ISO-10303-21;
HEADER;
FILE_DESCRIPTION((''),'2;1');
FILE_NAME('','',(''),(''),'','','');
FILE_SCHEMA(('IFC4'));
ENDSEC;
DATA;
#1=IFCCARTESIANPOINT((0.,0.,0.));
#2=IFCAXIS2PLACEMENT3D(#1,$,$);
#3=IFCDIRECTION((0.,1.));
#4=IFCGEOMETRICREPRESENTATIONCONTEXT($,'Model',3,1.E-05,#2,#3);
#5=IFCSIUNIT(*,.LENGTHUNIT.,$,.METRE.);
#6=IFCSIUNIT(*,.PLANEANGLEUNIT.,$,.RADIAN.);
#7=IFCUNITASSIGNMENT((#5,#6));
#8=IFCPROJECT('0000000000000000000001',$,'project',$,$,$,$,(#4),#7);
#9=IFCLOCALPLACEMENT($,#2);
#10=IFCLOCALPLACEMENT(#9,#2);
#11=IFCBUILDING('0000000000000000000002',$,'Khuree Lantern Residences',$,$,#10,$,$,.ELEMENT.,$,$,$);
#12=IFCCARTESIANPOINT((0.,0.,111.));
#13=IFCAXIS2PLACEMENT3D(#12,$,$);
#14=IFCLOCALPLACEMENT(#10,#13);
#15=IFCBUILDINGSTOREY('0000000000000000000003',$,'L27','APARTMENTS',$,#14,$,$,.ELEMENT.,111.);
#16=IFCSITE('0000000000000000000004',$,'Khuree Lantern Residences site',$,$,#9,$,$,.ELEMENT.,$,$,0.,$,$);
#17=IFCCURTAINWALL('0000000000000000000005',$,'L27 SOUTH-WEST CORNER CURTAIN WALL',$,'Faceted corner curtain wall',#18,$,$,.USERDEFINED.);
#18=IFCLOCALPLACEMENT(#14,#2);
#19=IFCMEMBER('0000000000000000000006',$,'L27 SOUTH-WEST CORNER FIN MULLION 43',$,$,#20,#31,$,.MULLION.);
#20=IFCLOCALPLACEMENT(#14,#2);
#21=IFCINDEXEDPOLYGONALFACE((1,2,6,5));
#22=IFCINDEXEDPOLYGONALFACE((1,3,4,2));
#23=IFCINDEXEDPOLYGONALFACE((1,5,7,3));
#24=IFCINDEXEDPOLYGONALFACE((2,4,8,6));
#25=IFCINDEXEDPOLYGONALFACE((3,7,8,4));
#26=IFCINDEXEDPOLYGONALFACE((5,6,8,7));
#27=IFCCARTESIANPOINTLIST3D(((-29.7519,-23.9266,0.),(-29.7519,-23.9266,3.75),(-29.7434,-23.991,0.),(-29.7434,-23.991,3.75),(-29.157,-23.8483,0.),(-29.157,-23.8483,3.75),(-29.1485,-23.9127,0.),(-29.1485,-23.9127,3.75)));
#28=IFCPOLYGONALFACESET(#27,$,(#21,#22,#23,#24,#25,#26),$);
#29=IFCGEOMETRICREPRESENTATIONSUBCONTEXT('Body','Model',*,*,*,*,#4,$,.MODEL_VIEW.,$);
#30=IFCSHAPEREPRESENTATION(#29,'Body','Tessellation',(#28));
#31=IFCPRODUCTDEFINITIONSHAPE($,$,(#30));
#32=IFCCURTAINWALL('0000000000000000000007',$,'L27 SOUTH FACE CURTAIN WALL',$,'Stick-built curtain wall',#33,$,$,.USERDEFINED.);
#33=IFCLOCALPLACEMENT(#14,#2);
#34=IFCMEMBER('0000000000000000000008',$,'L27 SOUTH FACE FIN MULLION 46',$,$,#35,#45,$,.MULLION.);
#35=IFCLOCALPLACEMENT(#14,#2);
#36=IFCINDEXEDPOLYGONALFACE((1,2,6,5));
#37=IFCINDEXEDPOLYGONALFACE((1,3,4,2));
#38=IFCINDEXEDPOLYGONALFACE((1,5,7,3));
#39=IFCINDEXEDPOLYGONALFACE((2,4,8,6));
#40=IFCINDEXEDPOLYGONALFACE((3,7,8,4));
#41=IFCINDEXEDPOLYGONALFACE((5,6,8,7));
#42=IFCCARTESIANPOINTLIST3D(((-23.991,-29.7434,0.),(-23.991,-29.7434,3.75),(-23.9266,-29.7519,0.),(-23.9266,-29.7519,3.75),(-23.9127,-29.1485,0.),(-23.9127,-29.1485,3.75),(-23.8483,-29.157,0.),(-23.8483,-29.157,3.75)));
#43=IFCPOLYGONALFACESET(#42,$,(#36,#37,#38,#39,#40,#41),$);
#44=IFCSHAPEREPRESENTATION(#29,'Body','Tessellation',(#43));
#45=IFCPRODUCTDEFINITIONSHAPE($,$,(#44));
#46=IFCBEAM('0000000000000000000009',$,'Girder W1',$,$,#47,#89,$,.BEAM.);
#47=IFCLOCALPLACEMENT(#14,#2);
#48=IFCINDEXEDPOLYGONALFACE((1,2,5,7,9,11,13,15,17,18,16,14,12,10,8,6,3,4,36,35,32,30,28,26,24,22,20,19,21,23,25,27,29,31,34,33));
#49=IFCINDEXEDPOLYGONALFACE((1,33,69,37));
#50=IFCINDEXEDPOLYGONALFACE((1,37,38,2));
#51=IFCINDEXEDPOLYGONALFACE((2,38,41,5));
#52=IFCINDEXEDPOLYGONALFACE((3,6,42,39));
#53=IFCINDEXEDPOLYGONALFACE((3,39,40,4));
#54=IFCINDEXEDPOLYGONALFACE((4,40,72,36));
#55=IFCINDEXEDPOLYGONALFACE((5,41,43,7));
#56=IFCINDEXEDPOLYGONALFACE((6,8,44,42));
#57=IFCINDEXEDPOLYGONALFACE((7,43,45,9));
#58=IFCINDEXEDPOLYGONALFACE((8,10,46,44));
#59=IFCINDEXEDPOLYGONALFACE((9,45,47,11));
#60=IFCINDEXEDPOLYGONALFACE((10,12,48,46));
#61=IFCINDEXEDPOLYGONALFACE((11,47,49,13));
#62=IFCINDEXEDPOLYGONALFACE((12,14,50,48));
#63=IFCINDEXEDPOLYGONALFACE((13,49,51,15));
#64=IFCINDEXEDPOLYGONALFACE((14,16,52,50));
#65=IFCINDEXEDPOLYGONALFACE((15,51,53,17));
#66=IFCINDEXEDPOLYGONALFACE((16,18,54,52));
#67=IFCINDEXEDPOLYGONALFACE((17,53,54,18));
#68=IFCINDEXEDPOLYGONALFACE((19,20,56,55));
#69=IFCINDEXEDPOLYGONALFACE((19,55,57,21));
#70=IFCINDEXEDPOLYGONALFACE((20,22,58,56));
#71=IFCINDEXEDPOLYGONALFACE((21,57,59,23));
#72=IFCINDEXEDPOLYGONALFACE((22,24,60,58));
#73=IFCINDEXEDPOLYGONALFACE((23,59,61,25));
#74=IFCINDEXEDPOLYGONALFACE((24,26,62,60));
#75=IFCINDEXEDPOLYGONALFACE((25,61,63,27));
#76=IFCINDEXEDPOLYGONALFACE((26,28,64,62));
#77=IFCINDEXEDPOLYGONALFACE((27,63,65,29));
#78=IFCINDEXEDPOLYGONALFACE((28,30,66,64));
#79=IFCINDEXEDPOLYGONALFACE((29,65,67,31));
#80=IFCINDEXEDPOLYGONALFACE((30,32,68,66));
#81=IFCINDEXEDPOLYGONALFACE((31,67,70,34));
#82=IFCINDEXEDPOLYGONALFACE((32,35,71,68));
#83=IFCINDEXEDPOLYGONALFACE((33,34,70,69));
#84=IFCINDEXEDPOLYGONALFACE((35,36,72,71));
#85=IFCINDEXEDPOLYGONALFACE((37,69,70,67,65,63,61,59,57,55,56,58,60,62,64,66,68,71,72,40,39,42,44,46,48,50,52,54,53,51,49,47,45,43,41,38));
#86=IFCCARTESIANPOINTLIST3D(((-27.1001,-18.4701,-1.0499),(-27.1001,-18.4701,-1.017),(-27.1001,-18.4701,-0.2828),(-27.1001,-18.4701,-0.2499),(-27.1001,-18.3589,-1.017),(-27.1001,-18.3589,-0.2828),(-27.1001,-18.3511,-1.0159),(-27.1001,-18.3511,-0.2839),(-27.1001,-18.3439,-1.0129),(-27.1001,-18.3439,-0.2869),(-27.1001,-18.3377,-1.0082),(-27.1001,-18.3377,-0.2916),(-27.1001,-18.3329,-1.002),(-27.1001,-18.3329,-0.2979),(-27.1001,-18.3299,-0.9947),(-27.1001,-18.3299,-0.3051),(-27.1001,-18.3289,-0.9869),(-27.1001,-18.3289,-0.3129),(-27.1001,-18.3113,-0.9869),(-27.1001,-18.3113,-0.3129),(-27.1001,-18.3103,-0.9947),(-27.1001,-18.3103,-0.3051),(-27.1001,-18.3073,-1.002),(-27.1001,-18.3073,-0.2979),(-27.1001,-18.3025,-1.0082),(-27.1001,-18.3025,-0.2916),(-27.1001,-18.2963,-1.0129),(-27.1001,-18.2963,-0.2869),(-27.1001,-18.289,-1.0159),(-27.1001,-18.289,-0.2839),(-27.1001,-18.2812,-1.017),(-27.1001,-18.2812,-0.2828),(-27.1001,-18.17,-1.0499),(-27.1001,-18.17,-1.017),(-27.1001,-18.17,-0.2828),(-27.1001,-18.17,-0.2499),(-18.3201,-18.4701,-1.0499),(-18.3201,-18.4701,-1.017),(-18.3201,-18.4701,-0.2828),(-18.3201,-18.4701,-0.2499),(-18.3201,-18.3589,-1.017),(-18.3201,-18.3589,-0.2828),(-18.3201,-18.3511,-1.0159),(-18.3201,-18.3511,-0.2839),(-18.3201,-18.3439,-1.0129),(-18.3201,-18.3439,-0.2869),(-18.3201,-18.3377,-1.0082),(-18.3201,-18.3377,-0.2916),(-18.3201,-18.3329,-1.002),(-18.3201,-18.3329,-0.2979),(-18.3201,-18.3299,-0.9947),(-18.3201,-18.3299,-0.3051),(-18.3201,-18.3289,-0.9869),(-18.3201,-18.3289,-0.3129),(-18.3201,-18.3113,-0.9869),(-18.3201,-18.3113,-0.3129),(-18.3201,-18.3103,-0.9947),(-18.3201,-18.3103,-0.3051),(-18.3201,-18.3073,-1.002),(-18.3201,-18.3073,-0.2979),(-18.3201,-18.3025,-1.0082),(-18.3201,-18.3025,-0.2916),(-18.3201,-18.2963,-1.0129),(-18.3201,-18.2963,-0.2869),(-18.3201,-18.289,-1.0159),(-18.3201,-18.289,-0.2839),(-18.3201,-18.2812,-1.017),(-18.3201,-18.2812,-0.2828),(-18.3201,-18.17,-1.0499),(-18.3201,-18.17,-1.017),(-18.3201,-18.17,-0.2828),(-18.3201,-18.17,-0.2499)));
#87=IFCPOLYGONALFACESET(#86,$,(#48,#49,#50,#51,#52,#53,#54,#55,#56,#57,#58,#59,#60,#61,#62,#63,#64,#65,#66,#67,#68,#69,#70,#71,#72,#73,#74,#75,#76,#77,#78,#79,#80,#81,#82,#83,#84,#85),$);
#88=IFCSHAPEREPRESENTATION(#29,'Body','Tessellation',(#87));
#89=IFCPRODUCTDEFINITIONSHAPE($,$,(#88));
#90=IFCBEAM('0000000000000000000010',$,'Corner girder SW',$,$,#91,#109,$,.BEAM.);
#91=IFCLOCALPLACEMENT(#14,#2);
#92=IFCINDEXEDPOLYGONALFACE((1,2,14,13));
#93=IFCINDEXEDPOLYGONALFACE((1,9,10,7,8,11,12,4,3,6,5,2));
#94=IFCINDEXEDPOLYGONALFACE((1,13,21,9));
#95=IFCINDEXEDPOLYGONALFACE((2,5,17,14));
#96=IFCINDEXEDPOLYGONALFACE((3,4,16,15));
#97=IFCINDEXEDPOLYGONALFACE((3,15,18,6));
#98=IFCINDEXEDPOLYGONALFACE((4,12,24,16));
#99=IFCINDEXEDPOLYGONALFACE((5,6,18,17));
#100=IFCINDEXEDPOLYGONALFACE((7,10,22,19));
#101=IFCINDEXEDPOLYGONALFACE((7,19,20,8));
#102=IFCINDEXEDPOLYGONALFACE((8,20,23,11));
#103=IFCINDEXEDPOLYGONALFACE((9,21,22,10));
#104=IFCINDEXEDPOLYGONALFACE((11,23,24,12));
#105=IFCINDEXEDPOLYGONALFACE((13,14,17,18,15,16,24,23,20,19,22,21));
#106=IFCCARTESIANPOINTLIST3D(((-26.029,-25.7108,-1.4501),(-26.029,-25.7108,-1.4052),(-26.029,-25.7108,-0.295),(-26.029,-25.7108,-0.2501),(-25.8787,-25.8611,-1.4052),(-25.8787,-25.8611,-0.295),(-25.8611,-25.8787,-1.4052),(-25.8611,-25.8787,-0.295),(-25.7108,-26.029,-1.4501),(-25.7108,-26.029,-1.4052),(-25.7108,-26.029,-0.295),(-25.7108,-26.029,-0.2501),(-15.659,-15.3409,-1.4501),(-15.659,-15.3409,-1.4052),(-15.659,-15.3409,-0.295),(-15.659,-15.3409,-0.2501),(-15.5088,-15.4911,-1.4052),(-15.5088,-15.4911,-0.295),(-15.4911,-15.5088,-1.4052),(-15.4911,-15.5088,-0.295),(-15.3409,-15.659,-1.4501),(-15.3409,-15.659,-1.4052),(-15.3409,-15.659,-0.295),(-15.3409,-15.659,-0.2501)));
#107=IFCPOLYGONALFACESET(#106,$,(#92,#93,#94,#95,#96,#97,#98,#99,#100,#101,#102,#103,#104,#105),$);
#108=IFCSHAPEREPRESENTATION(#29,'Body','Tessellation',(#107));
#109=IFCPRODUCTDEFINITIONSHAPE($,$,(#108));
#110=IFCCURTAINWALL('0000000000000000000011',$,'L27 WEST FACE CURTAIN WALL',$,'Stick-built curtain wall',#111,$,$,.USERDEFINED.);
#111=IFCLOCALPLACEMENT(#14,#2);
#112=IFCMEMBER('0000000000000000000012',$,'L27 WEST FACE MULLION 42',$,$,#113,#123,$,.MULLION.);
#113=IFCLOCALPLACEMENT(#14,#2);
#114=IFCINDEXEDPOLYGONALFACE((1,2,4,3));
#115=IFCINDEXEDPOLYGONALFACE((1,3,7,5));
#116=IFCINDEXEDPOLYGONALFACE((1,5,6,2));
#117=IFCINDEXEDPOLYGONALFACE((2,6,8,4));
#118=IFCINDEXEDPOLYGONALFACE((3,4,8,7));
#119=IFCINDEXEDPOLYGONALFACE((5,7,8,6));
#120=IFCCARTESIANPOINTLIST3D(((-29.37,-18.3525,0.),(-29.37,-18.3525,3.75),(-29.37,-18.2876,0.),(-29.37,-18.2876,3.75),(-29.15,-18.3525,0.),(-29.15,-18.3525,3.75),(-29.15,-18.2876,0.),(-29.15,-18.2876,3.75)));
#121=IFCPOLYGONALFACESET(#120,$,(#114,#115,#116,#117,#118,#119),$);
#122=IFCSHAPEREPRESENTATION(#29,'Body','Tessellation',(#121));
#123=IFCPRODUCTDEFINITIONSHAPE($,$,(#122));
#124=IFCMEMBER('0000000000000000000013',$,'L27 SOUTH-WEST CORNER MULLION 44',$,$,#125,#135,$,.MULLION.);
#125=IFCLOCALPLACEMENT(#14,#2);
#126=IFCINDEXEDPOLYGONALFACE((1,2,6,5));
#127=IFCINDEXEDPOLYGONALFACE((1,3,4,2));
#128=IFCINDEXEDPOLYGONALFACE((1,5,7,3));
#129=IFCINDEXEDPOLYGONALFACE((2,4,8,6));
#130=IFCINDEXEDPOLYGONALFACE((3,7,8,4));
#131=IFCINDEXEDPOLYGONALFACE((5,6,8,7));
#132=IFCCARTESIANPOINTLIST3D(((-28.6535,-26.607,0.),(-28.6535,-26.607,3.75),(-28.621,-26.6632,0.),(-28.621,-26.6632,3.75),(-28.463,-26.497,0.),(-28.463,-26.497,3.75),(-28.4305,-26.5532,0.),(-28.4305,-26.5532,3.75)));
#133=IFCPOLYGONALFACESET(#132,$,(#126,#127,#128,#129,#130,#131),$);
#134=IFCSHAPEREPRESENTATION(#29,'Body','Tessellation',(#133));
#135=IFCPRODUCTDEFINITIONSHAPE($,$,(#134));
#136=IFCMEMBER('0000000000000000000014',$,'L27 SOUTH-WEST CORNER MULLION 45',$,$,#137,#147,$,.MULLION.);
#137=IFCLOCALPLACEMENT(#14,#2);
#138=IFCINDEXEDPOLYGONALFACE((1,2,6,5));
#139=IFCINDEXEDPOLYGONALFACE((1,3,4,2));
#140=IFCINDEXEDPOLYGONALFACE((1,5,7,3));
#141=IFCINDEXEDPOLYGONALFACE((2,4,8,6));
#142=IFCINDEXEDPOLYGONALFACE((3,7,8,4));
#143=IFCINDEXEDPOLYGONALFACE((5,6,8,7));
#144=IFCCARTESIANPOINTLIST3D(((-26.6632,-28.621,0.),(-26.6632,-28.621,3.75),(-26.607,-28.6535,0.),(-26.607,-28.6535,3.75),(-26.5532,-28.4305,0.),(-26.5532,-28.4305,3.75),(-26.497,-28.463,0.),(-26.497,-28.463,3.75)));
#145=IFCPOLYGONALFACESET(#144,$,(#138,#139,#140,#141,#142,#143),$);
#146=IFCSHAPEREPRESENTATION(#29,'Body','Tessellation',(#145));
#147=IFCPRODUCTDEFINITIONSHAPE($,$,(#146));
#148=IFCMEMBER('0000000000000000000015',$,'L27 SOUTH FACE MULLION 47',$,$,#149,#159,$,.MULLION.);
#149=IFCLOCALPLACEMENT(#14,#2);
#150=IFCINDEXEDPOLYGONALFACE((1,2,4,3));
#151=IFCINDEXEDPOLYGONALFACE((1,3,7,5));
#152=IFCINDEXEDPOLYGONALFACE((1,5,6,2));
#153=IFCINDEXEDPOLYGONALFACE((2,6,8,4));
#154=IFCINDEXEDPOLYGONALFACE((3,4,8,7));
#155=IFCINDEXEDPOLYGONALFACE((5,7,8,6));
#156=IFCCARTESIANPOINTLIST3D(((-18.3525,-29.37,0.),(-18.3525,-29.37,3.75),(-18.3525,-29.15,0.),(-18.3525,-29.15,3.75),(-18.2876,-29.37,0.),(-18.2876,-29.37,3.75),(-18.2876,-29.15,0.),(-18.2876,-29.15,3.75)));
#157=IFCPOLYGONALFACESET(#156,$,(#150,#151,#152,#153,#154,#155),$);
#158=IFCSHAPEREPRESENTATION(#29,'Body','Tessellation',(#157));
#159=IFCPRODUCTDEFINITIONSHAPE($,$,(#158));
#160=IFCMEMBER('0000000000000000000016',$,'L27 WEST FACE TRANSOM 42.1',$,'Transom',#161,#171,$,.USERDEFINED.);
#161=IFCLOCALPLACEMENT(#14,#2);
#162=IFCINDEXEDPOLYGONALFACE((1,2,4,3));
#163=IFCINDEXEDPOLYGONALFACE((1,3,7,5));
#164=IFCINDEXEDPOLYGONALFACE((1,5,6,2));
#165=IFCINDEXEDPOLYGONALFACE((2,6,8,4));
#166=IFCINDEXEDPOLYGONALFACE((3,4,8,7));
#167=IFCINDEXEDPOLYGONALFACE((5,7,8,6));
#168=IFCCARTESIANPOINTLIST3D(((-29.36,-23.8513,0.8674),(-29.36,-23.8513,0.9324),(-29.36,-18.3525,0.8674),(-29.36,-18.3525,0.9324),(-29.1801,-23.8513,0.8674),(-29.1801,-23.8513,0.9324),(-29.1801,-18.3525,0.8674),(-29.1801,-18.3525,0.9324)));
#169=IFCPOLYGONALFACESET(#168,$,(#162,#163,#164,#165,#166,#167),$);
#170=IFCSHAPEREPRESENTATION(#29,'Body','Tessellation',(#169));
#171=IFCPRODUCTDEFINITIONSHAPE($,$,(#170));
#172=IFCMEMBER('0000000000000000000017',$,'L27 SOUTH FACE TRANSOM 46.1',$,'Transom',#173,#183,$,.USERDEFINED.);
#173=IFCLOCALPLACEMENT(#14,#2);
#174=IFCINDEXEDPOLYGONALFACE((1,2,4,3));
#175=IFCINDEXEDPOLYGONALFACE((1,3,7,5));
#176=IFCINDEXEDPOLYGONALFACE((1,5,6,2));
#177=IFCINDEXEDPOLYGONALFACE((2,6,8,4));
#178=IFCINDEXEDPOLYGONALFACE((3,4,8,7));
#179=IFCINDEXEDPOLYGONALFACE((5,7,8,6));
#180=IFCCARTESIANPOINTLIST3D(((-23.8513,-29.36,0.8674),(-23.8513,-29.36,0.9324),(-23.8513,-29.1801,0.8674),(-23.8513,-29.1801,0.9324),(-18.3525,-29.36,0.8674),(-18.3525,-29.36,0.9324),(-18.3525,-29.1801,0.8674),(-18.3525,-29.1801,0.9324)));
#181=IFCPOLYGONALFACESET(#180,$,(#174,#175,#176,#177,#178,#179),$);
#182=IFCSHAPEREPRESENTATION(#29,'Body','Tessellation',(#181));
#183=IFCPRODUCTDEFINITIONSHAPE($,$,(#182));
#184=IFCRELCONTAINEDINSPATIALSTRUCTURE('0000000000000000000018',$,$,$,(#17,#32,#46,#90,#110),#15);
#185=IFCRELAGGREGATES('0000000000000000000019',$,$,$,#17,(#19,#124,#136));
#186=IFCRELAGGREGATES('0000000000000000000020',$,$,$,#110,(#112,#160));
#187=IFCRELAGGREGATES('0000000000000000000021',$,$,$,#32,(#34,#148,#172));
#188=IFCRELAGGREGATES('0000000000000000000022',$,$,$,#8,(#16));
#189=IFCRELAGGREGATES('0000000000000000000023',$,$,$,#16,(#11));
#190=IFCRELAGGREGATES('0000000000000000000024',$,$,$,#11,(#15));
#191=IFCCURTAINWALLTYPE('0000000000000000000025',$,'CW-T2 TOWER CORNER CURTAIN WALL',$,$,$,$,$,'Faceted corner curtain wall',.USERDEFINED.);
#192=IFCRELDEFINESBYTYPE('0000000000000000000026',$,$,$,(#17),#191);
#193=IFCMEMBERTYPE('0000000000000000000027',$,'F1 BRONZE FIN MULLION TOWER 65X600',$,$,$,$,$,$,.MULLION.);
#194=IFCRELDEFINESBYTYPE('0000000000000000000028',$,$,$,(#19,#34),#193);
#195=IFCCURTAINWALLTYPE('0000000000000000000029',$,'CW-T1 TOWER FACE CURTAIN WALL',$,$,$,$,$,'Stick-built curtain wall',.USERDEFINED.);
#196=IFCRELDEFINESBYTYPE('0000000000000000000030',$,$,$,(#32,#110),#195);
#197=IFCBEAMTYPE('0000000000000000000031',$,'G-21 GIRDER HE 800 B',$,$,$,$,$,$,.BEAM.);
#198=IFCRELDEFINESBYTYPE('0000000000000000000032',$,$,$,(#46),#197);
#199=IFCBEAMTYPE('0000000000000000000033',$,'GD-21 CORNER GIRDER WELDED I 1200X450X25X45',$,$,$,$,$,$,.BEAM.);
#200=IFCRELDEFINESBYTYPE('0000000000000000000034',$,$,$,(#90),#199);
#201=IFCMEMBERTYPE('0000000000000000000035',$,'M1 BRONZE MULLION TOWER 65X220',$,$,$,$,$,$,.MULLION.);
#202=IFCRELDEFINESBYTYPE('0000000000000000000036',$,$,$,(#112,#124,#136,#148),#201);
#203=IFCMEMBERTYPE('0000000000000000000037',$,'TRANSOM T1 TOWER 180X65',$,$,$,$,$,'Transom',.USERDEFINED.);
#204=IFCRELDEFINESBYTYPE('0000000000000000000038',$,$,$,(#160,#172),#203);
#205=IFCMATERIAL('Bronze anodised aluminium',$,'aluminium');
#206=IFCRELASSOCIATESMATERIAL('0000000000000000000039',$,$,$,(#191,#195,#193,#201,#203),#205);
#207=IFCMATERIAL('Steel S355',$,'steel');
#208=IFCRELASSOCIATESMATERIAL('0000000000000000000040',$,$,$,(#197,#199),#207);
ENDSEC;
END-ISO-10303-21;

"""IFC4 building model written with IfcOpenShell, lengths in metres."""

from ifc_helpers import new_model, si_unit, direction, frame, origin, origin_2d, place, context, subcontext, project, spatial, rectangle, i_section, extrude, material, material_profile, profile_set, type_object, element, aggregate, save


model = new_model("IFC4")

# Units and contexts
model_context = context("Model", 3, precision=1e-05, world=origin(), true_north=direction((0.0, 1.0)))
body_context = subcontext(model_context, "Body", "Model", "MODEL_VIEW")
ifc_project = project(units=[si_unit("LENGTHUNIT", "METRE"), si_unit("PLANEANGLEUNIT", "RADIAN")], contexts=[model_context])

# Site, building, storey
site_placement = place(None, origin())
site = spatial("IfcSite", under=ifc_project, at=site_placement, Name="Khuree Lantern Residences site", CompositionType="ELEMENT", RefElevation=0.0)
building_placement = place(site_placement, origin())
building = spatial("IfcBuilding", under=site, at=building_placement, Name="Khuree Lantern Residences", CompositionType="ELEMENT")
storey_placement = place(building_placement, frame((0.0, 0.0, 111.0)))
storey = spatial("IfcBuildingStorey", under=building, at=storey_placement, Name="L27", Description="APARTMENTS", CompositionType="ELEMENT", Elevation=111.0)

# Shared definitions
ifc_material_1 = material(Name="Steel S355", Category="steel")

# Curtain walls, members
ifc_material_2 = material(Name="Bronze anodised aluminium", Category="aluminium")
curtain_wall_type_1 = type_object("IfcCurtainWallType", Name="CW-T2 TOWER CORNER CURTAIN WALL", ElementType="Faceted corner curtain wall", PredefinedType="USERDEFINED", material=ifc_material_2)
curtain_wall_1_placement = place(storey_placement, origin())
curtain_wall_1 = element("IfcCurtainWall", 1, at=curtain_wall_1_placement, inside=storey, type_object=curtain_wall_type_1, Name="L27 SOUTH-WEST CORNER CURTAIN WALL", ObjectType="Faceted corner curtain wall", PredefinedType="USERDEFINED")
ifc_material_profile_1 = material_profile(ifc_material_2, rectangle(XDim=0.0649, YDim=0.6001, at=origin_2d()), Name="F1 65X600")
ifc_profile_set_1 = profile_set([ifc_material_profile_1], Name="Bronze anodised aluminium")
member_type_1 = type_object("IfcMemberType", Name="F1 BRONZE FIN MULLION TOWER 65X600", PredefinedType="MULLION", material=ifc_profile_set_1)
member_1_placement = place(storey_placement, frame((-29.4502, -23.9197, 0.0), z_axis=(0.0, 0.0, 1.0), x_axis=(0.130526, -0.991445, 0.0)))
member_1 = element("IfcMember", 2, at=member_1_placement, type_object=member_type_1, Name="L27 SOUTH-WEST CORNER FIN MULLION 43", PredefinedType="MULLION", context=body_context, shape_type="SweptSolid", body=[
    extrude(rectangle(XDim=0.0649, YDim=0.6001, at=origin_2d()), origin(), (0.0, 0.0, 1.0), 3.75),
])
curtain_wall_type_2 = type_object("IfcCurtainWallType", Name="CW-T1 TOWER FACE CURTAIN WALL", ElementType="Stick-built curtain wall", PredefinedType="USERDEFINED", material=ifc_material_2)
curtain_wall_2_placement = place(storey_placement, origin())
curtain_wall_2 = element("IfcCurtainWall", 3, at=curtain_wall_2_placement, inside=storey, type_object=curtain_wall_type_2, Name="L27 SOUTH FACE CURTAIN WALL", ObjectType="Stick-built curtain wall", PredefinedType="USERDEFINED")
member_2_placement = place(storey_placement, frame((-23.9197, -29.4502, 0.0), z_axis=(0.0, 0.0, 1.0), x_axis=(0.991445, -0.130526, 0.0)))
member_2 = element("IfcMember", 4, at=member_2_placement, type_object=member_type_1, Name="L27 SOUTH FACE FIN MULLION 46", PredefinedType="MULLION", context=body_context, shape_type="SweptSolid", body=[
    extrude(rectangle(XDim=0.0649, YDim=0.6001, at=origin_2d()), origin(), (0.0, 0.0, 1.0), 3.75),
])

# Beams
ifc_material_profile_2 = material_profile(ifc_material_1, i_section(OverallWidth=0.3, OverallDepth=0.8, WebThickness=0.0176, FlangeThickness=0.033, FilletRadius=0.03, at=origin_2d()), Name="HE 800 B")
ifc_profile_set_2 = profile_set([ifc_material_profile_2], Name="Steel S355")
beam_type_1 = type_object("IfcBeamType", Name="G-21 GIRDER HE 800 B", PredefinedType="BEAM", material=ifc_profile_set_2)
beam_1_placement = place(storey_placement, frame((-27.1001, -18.3201, -0.6499), z_axis=(1.0, 0.0, 0.0), x_axis=(0.0, 1.0, 0.0)))
element("IfcBeam", 5, at=beam_1_placement, inside=storey, type_object=beam_type_1, Name="Girder W1", PredefinedType="BEAM", context=body_context, shape_type="SweptSolid", body=[
    extrude(i_section(OverallWidth=0.3, OverallDepth=0.8, WebThickness=0.0176, FlangeThickness=0.033, FilletRadius=0.03, at=origin_2d()), origin(), (0.0, 0.0, 1.0), 8.78),
])
ifc_material_profile_3 = material_profile(ifc_material_1, i_section(OverallWidth=0.45, OverallDepth=1.2, WebThickness=0.0249, FlangeThickness=0.0449, at=origin_2d()), Name="WELDED I 1200X450X25X45")
ifc_profile_set_3 = profile_set([ifc_material_profile_3], Name="Steel S355")
beam_type_2 = type_object("IfcBeamType", Name="GD-21 CORNER GIRDER WELDED I 1200X450X25X45", PredefinedType="BEAM", material=ifc_profile_set_3)
beam_2_placement = place(storey_placement, frame((-25.8699, -25.8699, -0.8501), z_axis=(0.707107, 0.707107, 0.0), x_axis=(-0.707107, 0.707107, 0.0)))
element("IfcBeam", 6, at=beam_2_placement, inside=storey, type_object=beam_type_2, Name="Corner girder SW", PredefinedType="BEAM", context=body_context, shape_type="SweptSolid", body=[
    extrude(i_section(OverallWidth=0.45, OverallDepth=1.2, WebThickness=0.0249, FlangeThickness=0.0449, at=origin_2d()), origin(), (0.0, 0.0, 1.0), 14.6653),
])

# Curtain wall, member
curtain_wall_3_placement = place(storey_placement, origin())
curtain_wall_3 = element("IfcCurtainWall", 7, at=curtain_wall_3_placement, inside=storey, type_object=curtain_wall_type_2, Name="L27 WEST FACE CURTAIN WALL", ObjectType="Stick-built curtain wall", PredefinedType="USERDEFINED")
ifc_material_profile_4 = material_profile(ifc_material_2, rectangle(XDim=0.0649, YDim=0.22, at=origin_2d()), Name="M1 65X220")
ifc_profile_set_4 = profile_set([ifc_material_profile_4], Name="Bronze anodised aluminium")
member_type_2 = type_object("IfcMemberType", Name="M1 BRONZE MULLION TOWER 65X220", PredefinedType="MULLION", material=ifc_profile_set_4)
member_3_placement = place(storey_placement, frame((-29.26, -18.3201, 0.0), z_axis=(0.0, 0.0, 1.0), x_axis=(0.0, -1.0, 0.0)))
member_3 = element("IfcMember", 8, at=member_3_placement, type_object=member_type_2, Name="L27 WEST FACE MULLION 42", PredefinedType="MULLION", context=body_context, shape_type="SweptSolid", body=[
    extrude(rectangle(XDim=0.0649, YDim=0.22, at=origin_2d()), origin(), (0.0, 0.0, 1.0), 3.75),
])

# Members
member_4_placement = place(storey_placement, frame((-28.542, -26.5801, 0.0), z_axis=(0.0, 0.0, 1.0), x_axis=(0.5, -0.866025, 0.0)))
member_4 = element("IfcMember", 9, at=member_4_placement, type_object=member_type_2, Name="L27 SOUTH-WEST CORNER MULLION 44", PredefinedType="MULLION", context=body_context, shape_type="SweptSolid", body=[
    extrude(rectangle(XDim=0.0649, YDim=0.22, at=origin_2d()), origin(), (0.0, 0.0, 1.0), 3.75),
])
member_5_placement = place(storey_placement, frame((-26.5801, -28.542, 0.0), z_axis=(0.0, 0.0, 1.0), x_axis=(0.866025, -0.5, 0.0)))
member_5 = element("IfcMember", 10, at=member_5_placement, type_object=member_type_2, Name="L27 SOUTH-WEST CORNER MULLION 45", PredefinedType="MULLION", context=body_context, shape_type="SweptSolid", body=[
    extrude(rectangle(XDim=0.0649, YDim=0.22, at=origin_2d()), origin(), (0.0, 0.0, 1.0), 3.75),
])
member_6_placement = place(storey_placement, frame((-18.3201, -29.26, 0.0), z_axis=(0.0, 0.0, 1.0), x_axis=(1.0, 0.0, 0.0)))
member_6 = element("IfcMember", 11, at=member_6_placement, type_object=member_type_2, Name="L27 SOUTH FACE MULLION 47", PredefinedType="MULLION", context=body_context, shape_type="SweptSolid", body=[
    extrude(rectangle(XDim=0.0649, YDim=0.22, at=origin_2d()), origin(), (0.0, 0.0, 1.0), 3.75),
])
ifc_material_profile_5 = material_profile(ifc_material_2, rectangle(XDim=0.1799, YDim=0.0649, at=origin_2d()), Name="T1 180X65")
ifc_profile_set_5 = profile_set([ifc_material_profile_5], Name="Bronze anodised aluminium")
member_type_3 = type_object("IfcMemberType", Name="TRANSOM T1 TOWER 180X65", ElementType="Transom", PredefinedType="USERDEFINED", material=ifc_profile_set_5)
member_7_placement = place(storey_placement, frame((-29.27, -18.3525, 0.8999), z_axis=(0.0, -1.0, 0.0), x_axis=(1.0, 0.0, 0.0)))
member_7 = element("IfcMember", 12, at=member_7_placement, type_object=member_type_3, Name="L27 WEST FACE TRANSOM 42.1", ObjectType="Transom", PredefinedType="USERDEFINED", context=body_context, shape_type="SweptSolid", body=[
    extrude(rectangle(XDim=0.1799, YDim=0.0649, at=origin_2d()), origin(), (0.0, 0.0, 1.0), 5.4988),
])
member_8_placement = place(storey_placement, frame((-23.8513, -29.27, 0.8999), z_axis=(1.0, 0.0, 0.0), x_axis=(0.0, 1.0, 0.0)))
member_8 = element("IfcMember", 13, at=member_8_placement, type_object=member_type_3, Name="L27 SOUTH FACE TRANSOM 46.1", ObjectType="Transom", PredefinedType="USERDEFINED", context=body_context, shape_type="SweptSolid", body=[
    extrude(rectangle(XDim=0.1799, YDim=0.0649, at=origin_2d()), origin(), (0.0, 0.0, 1.0), 5.4988),
])

aggregate(curtain_wall_1, [member_1, member_4, member_5])
aggregate(curtain_wall_3, [member_3, member_7])
aggregate(curtain_wall_2, [member_2, member_6, member_8])

save(model, "model.ifc")
